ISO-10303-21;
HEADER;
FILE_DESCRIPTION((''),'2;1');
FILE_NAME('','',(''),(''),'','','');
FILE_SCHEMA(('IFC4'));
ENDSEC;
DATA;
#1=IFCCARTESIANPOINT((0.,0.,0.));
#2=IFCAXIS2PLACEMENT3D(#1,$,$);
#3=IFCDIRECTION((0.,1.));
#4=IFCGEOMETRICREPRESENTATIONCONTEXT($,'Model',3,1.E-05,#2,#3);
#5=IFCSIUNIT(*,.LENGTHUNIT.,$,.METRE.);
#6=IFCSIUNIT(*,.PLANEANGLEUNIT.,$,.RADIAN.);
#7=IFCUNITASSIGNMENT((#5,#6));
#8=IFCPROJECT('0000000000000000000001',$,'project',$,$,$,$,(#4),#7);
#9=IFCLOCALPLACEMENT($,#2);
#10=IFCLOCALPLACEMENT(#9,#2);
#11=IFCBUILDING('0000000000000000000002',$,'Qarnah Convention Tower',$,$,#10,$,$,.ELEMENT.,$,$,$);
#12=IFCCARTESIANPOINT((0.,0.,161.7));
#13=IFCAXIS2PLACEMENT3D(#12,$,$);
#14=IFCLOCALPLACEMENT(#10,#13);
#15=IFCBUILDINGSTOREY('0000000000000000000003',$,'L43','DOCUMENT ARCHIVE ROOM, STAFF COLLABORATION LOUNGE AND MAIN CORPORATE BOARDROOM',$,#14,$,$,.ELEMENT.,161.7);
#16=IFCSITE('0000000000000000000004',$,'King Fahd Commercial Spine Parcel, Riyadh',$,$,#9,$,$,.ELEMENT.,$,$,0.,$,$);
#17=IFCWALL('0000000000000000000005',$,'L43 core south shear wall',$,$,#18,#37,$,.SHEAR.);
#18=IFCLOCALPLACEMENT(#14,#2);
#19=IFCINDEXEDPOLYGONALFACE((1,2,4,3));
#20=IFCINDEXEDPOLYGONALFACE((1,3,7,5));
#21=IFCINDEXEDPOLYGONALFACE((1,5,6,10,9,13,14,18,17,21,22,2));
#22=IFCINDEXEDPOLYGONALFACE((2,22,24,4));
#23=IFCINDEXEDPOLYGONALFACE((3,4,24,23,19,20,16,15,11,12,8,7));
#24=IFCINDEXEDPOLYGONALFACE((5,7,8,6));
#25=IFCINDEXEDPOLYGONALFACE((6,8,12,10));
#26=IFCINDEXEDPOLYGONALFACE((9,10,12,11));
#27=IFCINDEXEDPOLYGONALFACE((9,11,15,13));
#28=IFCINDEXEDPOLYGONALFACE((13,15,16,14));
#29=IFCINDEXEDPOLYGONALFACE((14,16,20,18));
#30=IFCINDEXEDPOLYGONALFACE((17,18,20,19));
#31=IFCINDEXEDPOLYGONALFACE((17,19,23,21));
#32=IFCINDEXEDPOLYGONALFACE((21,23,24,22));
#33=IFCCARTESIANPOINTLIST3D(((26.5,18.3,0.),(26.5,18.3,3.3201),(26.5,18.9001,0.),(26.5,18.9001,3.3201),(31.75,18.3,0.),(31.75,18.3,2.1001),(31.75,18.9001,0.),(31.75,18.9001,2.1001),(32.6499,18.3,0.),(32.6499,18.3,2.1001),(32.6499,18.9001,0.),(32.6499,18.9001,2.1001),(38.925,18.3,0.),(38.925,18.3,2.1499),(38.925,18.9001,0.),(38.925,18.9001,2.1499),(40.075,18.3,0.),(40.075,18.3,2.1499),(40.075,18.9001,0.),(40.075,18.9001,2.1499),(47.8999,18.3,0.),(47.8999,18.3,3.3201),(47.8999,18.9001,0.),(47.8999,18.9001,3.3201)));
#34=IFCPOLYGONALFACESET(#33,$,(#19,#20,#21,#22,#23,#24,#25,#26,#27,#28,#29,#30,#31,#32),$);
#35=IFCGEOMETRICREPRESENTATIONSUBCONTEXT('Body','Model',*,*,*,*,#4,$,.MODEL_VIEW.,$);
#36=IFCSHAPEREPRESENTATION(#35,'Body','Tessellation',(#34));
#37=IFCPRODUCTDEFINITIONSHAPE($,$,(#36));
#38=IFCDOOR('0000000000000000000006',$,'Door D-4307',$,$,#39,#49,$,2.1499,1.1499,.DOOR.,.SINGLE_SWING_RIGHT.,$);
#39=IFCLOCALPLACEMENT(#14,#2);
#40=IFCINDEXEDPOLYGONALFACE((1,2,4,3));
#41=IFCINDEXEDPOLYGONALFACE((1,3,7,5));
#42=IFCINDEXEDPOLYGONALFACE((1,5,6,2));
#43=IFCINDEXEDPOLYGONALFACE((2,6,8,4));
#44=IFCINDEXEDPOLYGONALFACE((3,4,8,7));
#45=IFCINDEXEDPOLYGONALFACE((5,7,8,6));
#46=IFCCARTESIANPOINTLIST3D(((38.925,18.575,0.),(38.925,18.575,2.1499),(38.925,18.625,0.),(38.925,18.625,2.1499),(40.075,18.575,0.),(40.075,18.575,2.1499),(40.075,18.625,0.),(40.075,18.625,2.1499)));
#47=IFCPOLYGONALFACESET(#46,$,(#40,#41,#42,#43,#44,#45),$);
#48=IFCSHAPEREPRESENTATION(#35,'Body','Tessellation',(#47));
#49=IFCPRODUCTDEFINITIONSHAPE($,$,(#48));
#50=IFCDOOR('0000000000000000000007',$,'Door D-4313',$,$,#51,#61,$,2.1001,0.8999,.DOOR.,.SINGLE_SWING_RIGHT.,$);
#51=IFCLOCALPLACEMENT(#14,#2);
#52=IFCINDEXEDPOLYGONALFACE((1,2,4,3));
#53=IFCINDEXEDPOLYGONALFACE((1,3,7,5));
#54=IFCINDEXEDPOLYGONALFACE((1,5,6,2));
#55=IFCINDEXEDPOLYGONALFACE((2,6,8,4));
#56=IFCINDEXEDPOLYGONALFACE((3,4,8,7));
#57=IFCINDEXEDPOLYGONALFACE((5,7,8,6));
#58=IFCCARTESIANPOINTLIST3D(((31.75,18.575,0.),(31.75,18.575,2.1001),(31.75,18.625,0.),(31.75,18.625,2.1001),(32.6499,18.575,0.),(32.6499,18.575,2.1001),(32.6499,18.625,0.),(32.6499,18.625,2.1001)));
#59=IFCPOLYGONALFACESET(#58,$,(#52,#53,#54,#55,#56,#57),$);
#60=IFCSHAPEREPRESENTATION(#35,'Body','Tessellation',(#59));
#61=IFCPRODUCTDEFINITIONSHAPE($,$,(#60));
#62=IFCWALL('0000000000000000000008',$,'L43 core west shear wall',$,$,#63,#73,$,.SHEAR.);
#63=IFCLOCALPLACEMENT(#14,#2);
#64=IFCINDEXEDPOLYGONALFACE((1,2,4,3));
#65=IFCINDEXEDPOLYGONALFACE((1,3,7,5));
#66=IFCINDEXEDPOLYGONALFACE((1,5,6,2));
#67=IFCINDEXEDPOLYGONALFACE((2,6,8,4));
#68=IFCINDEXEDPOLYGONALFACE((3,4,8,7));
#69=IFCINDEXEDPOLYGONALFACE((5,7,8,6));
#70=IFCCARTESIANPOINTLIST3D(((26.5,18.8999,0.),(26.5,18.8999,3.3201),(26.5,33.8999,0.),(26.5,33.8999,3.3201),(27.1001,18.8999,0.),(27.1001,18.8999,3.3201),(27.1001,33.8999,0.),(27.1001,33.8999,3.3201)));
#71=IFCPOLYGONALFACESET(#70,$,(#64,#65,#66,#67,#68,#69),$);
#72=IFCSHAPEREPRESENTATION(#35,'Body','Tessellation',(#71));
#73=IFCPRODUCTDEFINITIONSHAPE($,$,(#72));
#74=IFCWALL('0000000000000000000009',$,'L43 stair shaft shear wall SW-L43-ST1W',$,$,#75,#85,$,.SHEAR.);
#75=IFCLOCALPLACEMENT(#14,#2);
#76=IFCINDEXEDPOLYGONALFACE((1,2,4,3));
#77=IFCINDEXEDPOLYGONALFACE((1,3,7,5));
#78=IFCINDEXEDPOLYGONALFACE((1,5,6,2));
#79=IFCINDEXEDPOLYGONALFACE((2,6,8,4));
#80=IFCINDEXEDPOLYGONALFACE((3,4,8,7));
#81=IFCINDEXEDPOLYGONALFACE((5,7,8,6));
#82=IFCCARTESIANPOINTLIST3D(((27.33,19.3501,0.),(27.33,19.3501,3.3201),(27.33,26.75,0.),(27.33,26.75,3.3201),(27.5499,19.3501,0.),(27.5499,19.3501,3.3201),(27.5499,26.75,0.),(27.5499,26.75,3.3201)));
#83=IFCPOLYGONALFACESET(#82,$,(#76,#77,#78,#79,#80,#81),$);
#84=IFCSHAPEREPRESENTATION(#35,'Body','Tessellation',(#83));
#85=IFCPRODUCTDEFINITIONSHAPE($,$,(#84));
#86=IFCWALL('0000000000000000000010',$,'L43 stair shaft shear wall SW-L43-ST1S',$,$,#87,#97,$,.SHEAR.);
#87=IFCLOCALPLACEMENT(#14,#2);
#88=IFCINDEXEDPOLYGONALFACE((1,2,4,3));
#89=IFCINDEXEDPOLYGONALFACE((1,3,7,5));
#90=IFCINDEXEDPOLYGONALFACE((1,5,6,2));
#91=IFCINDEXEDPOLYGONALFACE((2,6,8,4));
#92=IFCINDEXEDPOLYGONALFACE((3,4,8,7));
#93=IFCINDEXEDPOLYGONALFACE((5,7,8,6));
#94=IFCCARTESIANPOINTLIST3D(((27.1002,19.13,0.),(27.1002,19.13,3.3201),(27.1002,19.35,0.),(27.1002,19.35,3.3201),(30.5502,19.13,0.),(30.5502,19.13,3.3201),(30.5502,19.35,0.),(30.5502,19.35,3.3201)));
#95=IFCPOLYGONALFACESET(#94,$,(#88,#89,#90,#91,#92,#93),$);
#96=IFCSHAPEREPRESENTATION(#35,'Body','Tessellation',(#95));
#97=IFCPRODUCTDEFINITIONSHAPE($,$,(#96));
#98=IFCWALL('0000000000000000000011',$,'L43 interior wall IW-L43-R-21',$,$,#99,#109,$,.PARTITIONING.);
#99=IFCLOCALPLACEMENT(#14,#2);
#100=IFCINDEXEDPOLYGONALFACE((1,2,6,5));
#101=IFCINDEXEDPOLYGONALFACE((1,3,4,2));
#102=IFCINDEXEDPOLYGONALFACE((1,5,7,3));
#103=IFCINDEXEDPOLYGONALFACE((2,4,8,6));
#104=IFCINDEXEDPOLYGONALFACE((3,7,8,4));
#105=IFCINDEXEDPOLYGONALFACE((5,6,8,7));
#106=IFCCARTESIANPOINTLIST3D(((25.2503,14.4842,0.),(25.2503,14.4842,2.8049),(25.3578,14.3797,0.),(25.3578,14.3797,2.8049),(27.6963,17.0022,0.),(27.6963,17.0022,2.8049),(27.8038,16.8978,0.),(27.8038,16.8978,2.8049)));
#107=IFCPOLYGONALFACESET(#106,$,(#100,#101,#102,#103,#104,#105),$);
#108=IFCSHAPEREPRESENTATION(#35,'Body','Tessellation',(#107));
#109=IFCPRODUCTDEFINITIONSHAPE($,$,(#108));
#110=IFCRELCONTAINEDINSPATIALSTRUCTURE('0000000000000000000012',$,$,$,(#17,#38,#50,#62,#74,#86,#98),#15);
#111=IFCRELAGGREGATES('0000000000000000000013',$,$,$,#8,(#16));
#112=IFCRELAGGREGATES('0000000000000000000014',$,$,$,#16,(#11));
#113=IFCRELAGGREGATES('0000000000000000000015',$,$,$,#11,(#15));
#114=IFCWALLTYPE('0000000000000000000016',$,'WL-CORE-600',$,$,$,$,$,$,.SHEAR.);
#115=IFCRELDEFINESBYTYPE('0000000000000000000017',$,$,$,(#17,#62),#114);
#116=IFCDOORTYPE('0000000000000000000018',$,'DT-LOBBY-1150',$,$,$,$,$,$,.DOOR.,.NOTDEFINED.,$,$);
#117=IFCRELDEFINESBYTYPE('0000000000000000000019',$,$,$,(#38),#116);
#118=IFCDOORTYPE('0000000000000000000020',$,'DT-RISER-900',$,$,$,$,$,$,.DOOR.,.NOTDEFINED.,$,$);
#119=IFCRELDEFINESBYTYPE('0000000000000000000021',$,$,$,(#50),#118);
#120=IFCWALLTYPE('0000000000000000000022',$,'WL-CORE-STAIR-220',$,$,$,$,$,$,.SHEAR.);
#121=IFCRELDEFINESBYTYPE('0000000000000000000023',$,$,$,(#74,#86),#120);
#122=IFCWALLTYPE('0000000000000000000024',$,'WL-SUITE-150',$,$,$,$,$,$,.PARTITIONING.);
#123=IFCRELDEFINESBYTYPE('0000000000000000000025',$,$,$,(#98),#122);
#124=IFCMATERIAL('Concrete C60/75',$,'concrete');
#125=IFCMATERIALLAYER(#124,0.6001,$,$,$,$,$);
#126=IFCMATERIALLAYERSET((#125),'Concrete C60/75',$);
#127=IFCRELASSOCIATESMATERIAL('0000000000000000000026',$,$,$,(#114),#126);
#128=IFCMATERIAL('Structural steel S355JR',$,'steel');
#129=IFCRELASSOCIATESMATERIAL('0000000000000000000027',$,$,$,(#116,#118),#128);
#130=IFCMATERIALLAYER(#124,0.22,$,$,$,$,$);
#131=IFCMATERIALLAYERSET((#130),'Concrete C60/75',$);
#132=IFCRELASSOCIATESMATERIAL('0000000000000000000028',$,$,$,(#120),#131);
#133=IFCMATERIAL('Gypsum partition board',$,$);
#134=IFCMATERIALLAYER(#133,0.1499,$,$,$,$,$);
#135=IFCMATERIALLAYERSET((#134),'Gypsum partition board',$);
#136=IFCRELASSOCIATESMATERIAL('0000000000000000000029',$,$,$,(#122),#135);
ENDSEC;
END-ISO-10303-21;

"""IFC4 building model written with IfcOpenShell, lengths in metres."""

from ifc_helpers import new_model, si_unit, direction, frame, frame_2d, origin, place, context, subcontext, project, spatial, rectangle, extrude, material, layer, layer_set, type_object, element, fill, save


model = new_model("IFC4")

# Units and contexts
model_context = context("Model", 3, precision=1e-05, world=origin(), true_north=direction((0.0, 1.0)))
body_context = subcontext(model_context, "Body", "Model", "MODEL_VIEW")
ifc_project = project(units=[si_unit("LENGTHUNIT", "METRE"), si_unit("PLANEANGLEUNIT", "RADIAN")], contexts=[model_context])

# Site, building, storey
site_placement = place(None, origin())
site = spatial("IfcSite", under=ifc_project, at=site_placement, Name="King Fahd Commercial Spine Parcel, Riyadh", CompositionType="ELEMENT", RefElevation=0.0)
building_placement = place(site_placement, origin())
building = spatial("IfcBuilding", under=site, at=building_placement, Name="Qarnah Convention Tower", CompositionType="ELEMENT")
storey_placement = place(building_placement, frame((0.0, 0.0, 161.7)))
storey = spatial("IfcBuildingStorey", under=building, at=storey_placement, Name="L43", Description="DOCUMENT ARCHIVE ROOM, STAFF COLLABORATION LOUNGE AND MAIN CORPORATE BOARDROOM", CompositionType="ELEMENT", Elevation=161.7)

# Shared definitions
ifc_material_1 = material(Name="Concrete C60/75", Category="concrete")

# Shared definitions
ifc_material_2 = material(Name="Structural steel S355JR", Category="steel")

# Wall, openings, doors
ifc_layer_1 = layer(ifc_material_1, 0.6001)
ifc_layer_set_1 = layer_set([ifc_layer_1], Name="Concrete C60/75")
wall_type_1 = type_object("IfcWallType", Name="WL-CORE-600", PredefinedType="SHEAR", material=ifc_layer_set_1)
wall_1_placement = place(storey_placement, frame((26.5, 18.6001, 0.0), z_axis=(0.0, 0.0, 1.0), x_axis=(1.0, 0.0, 0.0)))
wall_1 = element("IfcWall", 1, at=wall_1_placement, inside=storey, type_object=wall_type_1, Name="L43 core south shear wall", PredefinedType="SHEAR", context=body_context, shape_type="SweptSolid", body=[
    extrude(rectangle(XDim=21.3999, YDim=0.6001, at=frame_2d((10.7, 0.0))), origin(), (0.0, 0.0, 1.0), 3.3201),
])
opening_1_placement = place(wall_1_placement, frame((12.425, 0.0, 0.0)))
opening_1 = element("IfcOpeningElement", 2, at=opening_1_placement, cuts=wall_1, PredefinedType="OPENING", context=body_context, shape_type="SweptSolid", body=[
    extrude(rectangle(XDim=1.1499, YDim=2.1499, at=frame_2d((0.575, 1.075))), frame((0.0, 0.3101, 0.0), z_axis=(0.0, -1.0, 0.0), x_axis=(1.0, 0.0, 0.0)), (0.0, 0.0, 1.0), 0.6201),
])
opening_2_placement = place(wall_1_placement, frame((5.25, 0.0, 0.0)))
opening_2 = element("IfcOpeningElement", 3, at=opening_2_placement, cuts=wall_1, PredefinedType="OPENING", context=body_context, shape_type="SweptSolid", body=[
    extrude(rectangle(XDim=0.8999, YDim=2.1001, at=frame_2d((0.45, 1.05))), frame((0.0, 0.3101, 0.0), z_axis=(0.0, -1.0, 0.0), x_axis=(1.0, 0.0, 0.0)), (0.0, 0.0, 1.0), 0.6201),
])
door_type_1 = type_object("IfcDoorType", Name="DT-LOBBY-1150", OperationType="NOTDEFINED", PredefinedType="DOOR", material=ifc_material_2)
door_1_placement = place(opening_1_placement, origin())
door_1 = element("IfcDoor", 4, at=door_1_placement, inside=storey, type_object=door_type_1, Name="Door D-4307", OperationType="SINGLE_SWING_RIGHT", OverallHeight=2.1499, OverallWidth=1.1499, PredefinedType="DOOR", context=body_context, shape_type="SweptSolid", body=[
    extrude(rectangle(XDim=1.1499, YDim=2.1499, at=frame_2d((0.575, 1.075))), frame((0.0, 0.0249, 0.0), z_axis=(0.0, -1.0, 0.0), x_axis=(1.0, 0.0, 0.0)), (0.0, 0.0, 1.0), 0.05),
])
fill(opening_1, door_1)
door_type_2 = type_object("IfcDoorType", Name="DT-RISER-900", OperationType="NOTDEFINED", PredefinedType="DOOR", material=ifc_material_2)
door_2_placement = place(opening_2_placement, origin())
door_2 = element("IfcDoor", 5, at=door_2_placement, inside=storey, type_object=door_type_2, Name="Door D-4313", OperationType="SINGLE_SWING_RIGHT", OverallHeight=2.1001, OverallWidth=0.8999, PredefinedType="DOOR", context=body_context, shape_type="SweptSolid", body=[
    extrude(rectangle(XDim=0.8999, YDim=2.1001, at=frame_2d((0.45, 1.05))), frame((0.0, 0.0249, 0.0), z_axis=(0.0, -1.0, 0.0), x_axis=(1.0, 0.0, 0.0)), (0.0, 0.0, 1.0), 0.05),
])
fill(opening_2, door_2)

# Walls
wall_2_placement = place(storey_placement, frame((26.8, 18.8999, 0.0), z_axis=(0.0, 0.0, 1.0), x_axis=(0.0, 1.0, 0.0)))
element("IfcWall", 6, at=wall_2_placement, inside=storey, type_object=wall_type_1, Name="L43 core west shear wall", PredefinedType="SHEAR", context=body_context, shape_type="SweptSolid", body=[
    extrude(rectangle(XDim=15.0, YDim=0.6001, at=frame_2d((7.5, 0.0))), origin(), (0.0, 0.0, 1.0), 3.3201),
])
ifc_layer_2 = layer(ifc_material_1, 0.22)
ifc_layer_set_2 = layer_set([ifc_layer_2], Name="Concrete C60/75")
wall_type_2 = type_object("IfcWallType", Name="WL-CORE-STAIR-220", PredefinedType="SHEAR", material=ifc_layer_set_2)
wall_3_placement = place(storey_placement, frame((27.4399, 19.3501, 0.0), z_axis=(0.0, 0.0, 1.0), x_axis=(0.0, 1.0, 0.0)))
element("IfcWall", 7, at=wall_3_placement, inside=storey, type_object=wall_type_2, Name="L43 stair shaft shear wall SW-L43-ST1W", PredefinedType="SHEAR", context=body_context, shape_type="SweptSolid", body=[
    extrude(rectangle(XDim=7.3999, YDim=0.22, at=frame_2d((3.7, 0.0))), origin(), (0.0, 0.0, 1.0), 3.3201),
])
wall_4_placement = place(storey_placement, frame((27.1001, 19.24, 0.0), z_axis=(0.0, 0.0, 1.0), x_axis=(1.0, 0.0, 0.0)))
element("IfcWall", 8, at=wall_4_placement, inside=storey, type_object=wall_type_2, Name="L43 stair shaft shear wall SW-L43-ST1S", PredefinedType="SHEAR", context=body_context, shape_type="SweptSolid", body=[
    extrude(rectangle(XDim=3.45, YDim=0.22, at=frame_2d((1.7251, 0.0))), origin(), (0.0, 0.0, 1.0), 3.3201),
])
ifc_material_3 = material(Name="Gypsum partition board")
ifc_layer_3 = layer(ifc_material_3, 0.1499)
ifc_layer_set_3 = layer_set([ifc_layer_3], Name="Gypsum partition board")
wall_type_3 = type_object("IfcWallType", Name="WL-SUITE-150", PredefinedType="PARTITIONING", material=ifc_layer_set_3)
wall_5_placement = place(storey_placement, frame((25.304, 14.4319, 0.0), z_axis=(0.0, 0.0, 1.0), x_axis=(0.696774, 0.71729, 0.0)))
element("IfcWall", 9, at=wall_5_placement, inside=storey, type_object=wall_type_3, Name="L43 interior wall IW-L43-R-21", PredefinedType="PARTITIONING", context=body_context, shape_type="SweptSolid", body=[
    extrude(rectangle(XDim=3.5105, YDim=0.1499, at=frame_2d((1.7554, 0.0))), origin(), (0.0, 0.0, 1.0), 2.8049),
])

save(model, "model.ifc")
